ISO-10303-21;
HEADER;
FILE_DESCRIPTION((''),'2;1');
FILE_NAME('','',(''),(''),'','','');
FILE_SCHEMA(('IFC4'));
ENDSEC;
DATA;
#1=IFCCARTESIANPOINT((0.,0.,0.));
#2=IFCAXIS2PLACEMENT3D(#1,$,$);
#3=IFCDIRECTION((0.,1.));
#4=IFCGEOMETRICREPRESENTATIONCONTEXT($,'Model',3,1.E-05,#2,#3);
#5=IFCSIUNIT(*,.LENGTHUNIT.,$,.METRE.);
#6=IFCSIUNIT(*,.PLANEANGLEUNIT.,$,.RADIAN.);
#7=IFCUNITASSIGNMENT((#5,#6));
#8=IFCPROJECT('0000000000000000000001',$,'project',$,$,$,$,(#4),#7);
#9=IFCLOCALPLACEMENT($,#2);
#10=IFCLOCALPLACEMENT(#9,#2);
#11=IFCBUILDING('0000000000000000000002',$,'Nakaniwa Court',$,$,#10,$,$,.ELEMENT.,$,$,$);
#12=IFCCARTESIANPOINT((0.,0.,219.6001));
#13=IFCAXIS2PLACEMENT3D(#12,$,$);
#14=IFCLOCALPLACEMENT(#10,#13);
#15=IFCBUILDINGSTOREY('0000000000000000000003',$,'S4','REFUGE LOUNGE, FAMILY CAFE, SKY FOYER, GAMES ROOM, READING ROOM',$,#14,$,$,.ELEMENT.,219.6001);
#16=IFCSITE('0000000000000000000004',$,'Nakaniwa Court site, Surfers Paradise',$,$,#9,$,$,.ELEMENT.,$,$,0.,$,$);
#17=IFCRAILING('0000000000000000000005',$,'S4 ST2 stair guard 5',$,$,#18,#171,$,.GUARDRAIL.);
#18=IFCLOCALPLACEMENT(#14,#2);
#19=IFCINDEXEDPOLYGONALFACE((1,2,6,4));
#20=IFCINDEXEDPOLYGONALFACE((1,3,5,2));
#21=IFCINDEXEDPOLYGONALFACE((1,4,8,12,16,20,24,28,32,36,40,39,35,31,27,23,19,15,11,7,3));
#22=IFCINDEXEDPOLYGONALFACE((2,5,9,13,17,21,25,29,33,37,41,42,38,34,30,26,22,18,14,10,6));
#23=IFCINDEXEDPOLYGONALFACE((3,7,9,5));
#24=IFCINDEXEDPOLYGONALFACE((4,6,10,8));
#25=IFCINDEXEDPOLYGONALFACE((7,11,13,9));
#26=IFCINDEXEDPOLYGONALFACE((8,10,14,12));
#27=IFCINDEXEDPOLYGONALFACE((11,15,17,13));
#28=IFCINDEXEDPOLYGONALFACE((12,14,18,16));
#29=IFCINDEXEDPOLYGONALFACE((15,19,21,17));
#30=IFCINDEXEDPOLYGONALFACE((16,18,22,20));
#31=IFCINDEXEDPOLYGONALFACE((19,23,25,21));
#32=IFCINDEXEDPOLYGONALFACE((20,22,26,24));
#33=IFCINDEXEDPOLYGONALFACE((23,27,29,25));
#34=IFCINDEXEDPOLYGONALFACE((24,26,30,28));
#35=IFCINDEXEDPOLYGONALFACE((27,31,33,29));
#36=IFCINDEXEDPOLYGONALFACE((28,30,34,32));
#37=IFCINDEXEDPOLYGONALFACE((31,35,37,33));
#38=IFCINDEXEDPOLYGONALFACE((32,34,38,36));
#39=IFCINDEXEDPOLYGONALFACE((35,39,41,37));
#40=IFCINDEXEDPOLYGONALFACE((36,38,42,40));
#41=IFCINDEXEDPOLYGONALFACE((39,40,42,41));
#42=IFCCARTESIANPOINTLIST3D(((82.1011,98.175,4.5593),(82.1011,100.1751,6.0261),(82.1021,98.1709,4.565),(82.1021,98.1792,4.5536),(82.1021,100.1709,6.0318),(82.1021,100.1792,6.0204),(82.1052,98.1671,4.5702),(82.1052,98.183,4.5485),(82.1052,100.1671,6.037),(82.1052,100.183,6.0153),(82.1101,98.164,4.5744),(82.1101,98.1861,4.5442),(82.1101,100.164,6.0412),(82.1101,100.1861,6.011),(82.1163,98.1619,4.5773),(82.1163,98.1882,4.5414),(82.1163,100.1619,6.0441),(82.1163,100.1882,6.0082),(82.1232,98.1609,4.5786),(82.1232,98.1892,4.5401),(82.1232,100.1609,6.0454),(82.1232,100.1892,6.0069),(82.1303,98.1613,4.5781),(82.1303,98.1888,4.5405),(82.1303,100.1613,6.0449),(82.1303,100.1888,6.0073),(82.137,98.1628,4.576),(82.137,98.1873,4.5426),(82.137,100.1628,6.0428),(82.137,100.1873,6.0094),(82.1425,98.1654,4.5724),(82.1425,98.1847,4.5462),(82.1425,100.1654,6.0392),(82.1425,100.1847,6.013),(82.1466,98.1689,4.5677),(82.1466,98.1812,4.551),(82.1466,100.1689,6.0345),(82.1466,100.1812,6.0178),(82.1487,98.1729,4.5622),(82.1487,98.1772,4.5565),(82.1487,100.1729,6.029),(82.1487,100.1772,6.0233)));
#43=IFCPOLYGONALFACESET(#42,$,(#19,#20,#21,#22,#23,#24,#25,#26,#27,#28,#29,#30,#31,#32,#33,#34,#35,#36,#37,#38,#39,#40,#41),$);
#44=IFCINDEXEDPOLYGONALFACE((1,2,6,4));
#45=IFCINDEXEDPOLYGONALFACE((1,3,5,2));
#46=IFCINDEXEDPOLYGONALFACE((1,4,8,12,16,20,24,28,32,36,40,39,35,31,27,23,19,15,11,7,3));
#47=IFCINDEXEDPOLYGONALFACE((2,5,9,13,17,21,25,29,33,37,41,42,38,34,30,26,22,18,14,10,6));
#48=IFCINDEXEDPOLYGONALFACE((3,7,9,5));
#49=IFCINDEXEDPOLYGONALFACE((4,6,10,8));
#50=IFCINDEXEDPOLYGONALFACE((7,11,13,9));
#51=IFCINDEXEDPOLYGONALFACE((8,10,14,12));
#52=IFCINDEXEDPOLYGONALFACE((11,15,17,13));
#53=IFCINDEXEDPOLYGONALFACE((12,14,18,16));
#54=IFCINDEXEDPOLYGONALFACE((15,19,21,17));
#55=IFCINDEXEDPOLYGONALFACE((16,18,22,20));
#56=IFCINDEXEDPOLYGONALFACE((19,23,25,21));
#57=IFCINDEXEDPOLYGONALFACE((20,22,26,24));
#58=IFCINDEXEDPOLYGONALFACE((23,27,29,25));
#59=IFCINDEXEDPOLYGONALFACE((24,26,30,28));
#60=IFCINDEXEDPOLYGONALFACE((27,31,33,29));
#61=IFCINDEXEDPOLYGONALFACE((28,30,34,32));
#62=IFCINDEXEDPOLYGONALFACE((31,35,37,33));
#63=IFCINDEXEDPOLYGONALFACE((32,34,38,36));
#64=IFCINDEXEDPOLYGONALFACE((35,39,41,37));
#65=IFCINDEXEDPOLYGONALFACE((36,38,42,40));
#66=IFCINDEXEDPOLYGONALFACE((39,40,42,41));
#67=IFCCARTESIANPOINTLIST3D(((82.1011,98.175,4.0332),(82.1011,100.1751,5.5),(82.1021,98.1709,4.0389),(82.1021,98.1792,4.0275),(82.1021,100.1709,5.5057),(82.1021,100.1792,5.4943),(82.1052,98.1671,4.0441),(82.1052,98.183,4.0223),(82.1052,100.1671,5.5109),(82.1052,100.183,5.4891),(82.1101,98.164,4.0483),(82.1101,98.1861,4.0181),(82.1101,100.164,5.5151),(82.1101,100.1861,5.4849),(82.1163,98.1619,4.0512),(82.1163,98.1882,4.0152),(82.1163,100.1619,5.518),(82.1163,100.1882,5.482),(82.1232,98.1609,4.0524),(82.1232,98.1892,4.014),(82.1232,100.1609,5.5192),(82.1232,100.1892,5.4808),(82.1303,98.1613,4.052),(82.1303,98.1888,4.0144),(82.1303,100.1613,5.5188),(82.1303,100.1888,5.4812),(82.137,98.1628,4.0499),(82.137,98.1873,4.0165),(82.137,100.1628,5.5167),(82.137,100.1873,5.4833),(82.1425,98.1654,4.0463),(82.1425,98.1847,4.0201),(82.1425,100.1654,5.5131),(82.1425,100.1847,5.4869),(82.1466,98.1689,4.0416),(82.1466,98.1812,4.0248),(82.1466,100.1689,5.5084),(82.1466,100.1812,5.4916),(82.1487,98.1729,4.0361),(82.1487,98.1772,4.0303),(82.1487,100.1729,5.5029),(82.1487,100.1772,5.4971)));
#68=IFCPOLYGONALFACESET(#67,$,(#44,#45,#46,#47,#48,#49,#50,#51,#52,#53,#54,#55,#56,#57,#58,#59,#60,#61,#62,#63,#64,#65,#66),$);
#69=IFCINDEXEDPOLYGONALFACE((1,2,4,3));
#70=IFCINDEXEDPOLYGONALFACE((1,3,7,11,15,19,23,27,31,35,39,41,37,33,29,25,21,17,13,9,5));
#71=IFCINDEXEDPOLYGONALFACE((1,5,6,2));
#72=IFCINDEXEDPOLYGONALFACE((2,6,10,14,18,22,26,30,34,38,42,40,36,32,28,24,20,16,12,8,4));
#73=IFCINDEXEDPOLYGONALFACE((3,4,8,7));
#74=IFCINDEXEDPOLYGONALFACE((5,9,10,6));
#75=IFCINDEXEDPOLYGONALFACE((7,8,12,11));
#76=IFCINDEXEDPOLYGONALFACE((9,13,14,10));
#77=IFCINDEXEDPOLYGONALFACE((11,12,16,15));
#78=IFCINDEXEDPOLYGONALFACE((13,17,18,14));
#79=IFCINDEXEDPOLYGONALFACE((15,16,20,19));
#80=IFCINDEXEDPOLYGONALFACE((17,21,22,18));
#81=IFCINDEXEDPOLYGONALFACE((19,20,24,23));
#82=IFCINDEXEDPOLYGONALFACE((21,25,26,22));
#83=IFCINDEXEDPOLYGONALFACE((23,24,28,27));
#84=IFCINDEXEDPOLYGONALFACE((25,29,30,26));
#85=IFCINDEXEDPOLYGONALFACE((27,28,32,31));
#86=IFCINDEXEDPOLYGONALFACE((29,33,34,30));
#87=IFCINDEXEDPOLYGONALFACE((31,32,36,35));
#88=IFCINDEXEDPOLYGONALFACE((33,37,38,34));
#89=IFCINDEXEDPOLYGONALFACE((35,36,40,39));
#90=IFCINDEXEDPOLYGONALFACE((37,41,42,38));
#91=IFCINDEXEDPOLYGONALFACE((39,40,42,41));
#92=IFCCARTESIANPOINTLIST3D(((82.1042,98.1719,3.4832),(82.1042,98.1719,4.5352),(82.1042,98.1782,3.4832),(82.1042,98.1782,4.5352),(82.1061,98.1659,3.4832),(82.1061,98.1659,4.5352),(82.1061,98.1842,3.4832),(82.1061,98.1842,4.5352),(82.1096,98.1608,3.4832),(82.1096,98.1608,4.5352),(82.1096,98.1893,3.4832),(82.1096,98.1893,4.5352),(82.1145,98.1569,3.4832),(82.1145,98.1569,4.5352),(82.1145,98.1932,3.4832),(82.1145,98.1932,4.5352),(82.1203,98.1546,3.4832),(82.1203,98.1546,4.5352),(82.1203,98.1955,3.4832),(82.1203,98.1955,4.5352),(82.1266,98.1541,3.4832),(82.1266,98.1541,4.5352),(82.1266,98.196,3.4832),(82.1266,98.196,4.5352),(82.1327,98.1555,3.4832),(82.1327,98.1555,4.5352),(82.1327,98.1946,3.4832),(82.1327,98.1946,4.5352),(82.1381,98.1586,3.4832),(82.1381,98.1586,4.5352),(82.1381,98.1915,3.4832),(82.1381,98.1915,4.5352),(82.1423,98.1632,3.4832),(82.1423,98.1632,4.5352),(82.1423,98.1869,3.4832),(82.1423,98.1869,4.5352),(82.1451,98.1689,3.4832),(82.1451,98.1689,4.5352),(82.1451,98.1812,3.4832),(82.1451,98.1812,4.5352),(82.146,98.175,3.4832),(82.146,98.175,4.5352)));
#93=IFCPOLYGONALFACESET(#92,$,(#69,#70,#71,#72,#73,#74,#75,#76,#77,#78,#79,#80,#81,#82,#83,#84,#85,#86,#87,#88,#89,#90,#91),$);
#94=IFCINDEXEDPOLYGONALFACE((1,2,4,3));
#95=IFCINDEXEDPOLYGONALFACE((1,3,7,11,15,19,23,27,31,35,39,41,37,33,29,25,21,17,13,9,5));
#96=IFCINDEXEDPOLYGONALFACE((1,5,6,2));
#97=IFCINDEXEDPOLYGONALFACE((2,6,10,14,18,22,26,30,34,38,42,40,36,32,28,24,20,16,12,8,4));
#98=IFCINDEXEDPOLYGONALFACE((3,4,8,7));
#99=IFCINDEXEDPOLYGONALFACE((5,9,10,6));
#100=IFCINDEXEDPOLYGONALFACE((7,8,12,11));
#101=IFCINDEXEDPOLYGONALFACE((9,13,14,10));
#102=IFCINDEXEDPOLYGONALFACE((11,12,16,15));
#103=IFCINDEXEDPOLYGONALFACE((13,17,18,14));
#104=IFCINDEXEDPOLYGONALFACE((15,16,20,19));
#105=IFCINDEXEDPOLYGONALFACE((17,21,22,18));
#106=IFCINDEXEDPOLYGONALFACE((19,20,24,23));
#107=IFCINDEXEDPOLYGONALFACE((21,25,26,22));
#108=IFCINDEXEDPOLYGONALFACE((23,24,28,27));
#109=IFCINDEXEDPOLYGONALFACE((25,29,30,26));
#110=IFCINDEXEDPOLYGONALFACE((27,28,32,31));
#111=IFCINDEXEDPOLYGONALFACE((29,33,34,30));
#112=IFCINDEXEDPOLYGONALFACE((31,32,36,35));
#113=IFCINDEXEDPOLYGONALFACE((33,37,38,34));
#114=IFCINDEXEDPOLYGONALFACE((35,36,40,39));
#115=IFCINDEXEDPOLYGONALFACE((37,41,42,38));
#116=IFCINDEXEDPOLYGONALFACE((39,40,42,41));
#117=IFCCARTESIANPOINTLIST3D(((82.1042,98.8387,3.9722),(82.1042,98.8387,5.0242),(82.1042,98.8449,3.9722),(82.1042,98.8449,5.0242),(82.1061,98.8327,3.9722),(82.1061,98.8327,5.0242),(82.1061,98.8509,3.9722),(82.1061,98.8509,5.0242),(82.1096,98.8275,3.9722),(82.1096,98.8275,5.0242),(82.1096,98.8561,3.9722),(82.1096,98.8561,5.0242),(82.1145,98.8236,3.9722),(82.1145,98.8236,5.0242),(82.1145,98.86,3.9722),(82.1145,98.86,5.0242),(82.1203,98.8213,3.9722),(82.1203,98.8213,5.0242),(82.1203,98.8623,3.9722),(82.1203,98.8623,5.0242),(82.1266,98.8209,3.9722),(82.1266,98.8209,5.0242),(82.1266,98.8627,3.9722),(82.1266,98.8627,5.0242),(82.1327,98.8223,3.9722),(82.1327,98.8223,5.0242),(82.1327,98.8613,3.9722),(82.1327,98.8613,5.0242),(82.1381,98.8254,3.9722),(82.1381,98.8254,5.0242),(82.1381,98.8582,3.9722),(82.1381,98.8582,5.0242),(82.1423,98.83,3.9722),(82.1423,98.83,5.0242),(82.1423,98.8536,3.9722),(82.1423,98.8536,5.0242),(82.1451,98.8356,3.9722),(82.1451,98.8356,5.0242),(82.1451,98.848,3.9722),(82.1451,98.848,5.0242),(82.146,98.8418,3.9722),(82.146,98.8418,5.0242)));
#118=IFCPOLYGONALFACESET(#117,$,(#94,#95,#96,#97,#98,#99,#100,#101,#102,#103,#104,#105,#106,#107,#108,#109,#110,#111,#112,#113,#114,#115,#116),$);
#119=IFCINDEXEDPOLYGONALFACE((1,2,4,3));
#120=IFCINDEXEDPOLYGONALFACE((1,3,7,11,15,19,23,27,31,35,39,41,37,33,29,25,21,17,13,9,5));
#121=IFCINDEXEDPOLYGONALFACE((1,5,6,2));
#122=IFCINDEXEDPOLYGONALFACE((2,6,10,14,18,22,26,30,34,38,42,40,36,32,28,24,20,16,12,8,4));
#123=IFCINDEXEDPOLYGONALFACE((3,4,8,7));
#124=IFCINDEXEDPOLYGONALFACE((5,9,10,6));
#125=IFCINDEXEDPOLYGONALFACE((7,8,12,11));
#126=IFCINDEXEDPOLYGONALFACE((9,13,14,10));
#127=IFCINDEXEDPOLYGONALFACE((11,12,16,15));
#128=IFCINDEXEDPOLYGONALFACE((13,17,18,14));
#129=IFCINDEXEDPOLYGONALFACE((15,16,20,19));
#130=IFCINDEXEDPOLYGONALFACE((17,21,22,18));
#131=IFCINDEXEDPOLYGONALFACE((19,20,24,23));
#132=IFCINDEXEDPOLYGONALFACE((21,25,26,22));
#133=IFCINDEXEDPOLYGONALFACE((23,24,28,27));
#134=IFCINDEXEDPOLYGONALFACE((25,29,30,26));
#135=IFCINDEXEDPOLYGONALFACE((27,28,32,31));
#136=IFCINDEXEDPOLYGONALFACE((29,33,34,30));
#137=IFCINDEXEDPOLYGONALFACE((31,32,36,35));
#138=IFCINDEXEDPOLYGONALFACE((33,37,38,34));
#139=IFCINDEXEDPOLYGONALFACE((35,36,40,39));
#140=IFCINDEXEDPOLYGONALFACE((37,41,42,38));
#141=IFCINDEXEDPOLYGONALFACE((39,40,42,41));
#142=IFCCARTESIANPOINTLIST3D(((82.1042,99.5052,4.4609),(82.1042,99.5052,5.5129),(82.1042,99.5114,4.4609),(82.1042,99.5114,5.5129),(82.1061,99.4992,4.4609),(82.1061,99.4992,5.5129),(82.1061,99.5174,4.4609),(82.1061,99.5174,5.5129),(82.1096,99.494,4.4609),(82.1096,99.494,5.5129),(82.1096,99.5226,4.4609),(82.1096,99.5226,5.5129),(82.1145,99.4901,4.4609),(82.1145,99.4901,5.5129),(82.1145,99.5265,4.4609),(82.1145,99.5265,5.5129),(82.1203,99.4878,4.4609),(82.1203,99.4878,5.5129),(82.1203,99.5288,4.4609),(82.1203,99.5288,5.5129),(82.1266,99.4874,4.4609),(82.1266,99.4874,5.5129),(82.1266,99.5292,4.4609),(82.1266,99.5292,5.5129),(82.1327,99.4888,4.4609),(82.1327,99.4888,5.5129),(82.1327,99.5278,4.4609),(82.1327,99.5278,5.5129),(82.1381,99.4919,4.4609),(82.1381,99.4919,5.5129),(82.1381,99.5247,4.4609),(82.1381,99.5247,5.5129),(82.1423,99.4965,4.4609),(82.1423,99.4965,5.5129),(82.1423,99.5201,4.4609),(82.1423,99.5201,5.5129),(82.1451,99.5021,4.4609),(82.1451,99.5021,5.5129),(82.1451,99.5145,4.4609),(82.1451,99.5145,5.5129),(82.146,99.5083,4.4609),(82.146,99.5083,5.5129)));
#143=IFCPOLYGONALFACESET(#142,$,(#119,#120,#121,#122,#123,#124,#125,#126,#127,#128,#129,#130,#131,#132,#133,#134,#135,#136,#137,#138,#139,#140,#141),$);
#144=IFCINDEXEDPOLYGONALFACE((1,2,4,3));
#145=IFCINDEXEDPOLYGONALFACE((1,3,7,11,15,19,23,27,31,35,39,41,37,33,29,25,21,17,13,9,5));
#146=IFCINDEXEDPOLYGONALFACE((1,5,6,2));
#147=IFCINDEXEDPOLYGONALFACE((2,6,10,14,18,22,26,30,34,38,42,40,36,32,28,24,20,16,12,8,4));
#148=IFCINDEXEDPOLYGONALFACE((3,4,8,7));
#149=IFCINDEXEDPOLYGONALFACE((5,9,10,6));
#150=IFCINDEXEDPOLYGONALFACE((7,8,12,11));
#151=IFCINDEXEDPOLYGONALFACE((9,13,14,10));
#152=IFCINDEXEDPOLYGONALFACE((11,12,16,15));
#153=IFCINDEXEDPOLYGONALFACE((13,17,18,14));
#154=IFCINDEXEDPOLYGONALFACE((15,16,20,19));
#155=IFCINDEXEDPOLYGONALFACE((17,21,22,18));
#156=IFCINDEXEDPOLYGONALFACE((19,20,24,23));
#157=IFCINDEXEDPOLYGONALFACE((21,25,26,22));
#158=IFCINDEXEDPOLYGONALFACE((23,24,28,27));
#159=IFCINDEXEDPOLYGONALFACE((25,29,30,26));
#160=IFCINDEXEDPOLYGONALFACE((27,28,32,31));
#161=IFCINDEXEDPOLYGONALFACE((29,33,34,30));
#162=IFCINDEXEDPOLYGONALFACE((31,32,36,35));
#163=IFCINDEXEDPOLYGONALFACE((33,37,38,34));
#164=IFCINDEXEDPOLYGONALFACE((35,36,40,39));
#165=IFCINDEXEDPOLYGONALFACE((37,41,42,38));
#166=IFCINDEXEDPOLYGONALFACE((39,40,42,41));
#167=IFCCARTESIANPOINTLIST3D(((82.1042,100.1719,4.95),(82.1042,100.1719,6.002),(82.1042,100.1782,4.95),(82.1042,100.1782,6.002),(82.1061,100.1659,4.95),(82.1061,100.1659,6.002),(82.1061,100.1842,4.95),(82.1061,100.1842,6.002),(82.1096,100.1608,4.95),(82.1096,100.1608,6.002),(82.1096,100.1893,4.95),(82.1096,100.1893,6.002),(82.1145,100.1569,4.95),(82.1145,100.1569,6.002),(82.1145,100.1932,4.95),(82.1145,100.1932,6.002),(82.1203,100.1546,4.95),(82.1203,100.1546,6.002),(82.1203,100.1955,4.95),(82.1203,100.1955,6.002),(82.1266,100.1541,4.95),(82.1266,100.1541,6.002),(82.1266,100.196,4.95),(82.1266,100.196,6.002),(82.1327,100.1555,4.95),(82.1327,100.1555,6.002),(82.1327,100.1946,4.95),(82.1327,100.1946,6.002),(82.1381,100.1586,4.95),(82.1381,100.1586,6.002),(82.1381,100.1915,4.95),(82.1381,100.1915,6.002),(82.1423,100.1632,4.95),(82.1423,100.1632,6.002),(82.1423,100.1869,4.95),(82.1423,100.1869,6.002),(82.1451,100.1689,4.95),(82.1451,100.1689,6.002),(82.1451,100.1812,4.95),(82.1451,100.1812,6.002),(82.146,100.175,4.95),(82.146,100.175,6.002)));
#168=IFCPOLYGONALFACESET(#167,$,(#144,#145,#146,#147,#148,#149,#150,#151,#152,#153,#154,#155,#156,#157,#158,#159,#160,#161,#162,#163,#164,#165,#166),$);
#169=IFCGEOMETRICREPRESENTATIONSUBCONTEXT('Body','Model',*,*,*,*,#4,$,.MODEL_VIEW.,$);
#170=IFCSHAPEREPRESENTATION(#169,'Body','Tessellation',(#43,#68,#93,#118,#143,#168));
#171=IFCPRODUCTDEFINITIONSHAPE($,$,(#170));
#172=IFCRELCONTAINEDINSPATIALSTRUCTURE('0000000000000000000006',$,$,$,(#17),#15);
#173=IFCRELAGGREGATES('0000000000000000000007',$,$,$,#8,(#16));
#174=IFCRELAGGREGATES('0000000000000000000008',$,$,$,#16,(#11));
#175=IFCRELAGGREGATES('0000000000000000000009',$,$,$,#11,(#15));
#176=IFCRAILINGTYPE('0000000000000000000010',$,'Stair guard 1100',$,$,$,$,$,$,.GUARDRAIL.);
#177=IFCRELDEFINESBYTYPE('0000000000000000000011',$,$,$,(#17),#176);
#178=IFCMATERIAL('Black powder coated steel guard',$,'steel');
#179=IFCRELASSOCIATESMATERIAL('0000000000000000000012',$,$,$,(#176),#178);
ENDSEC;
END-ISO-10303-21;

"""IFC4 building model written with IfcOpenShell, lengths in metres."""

from ifc_helpers import new_model, si_unit, direction, frame, origin, origin_2d, place, context, subcontext, project, spatial, circle, extrude, material, type_object, element, save


model = new_model("IFC4")

# Units and contexts
model_context = context("Model", 3, precision=1e-05, world=origin(), true_north=direction((0.0, 1.0)))
body_context = subcontext(model_context, "Body", "Model", "MODEL_VIEW")
ifc_project = project(units=[si_unit("LENGTHUNIT", "METRE"), si_unit("PLANEANGLEUNIT", "RADIAN")], contexts=[model_context])

# Site, building, storey
site_placement = place(None, origin())
site = spatial("IfcSite", under=ifc_project, at=site_placement, Name="Nakaniwa Court site, Surfers Paradise", CompositionType="ELEMENT", RefElevation=0.0)
building_placement = place(site_placement, origin())
building = spatial("IfcBuilding", under=site, at=building_placement, Name="Nakaniwa Court", CompositionType="ELEMENT")
storey_placement = place(building_placement, frame((0.0, 0.0, 219.6001)))
storey = spatial("IfcBuildingStorey", under=building, at=storey_placement, Name="S4", Description="REFUGE LOUNGE, FAMILY CAFE, SKY FOYER, GAMES ROOM, READING ROOM", CompositionType="ELEMENT", Elevation=219.6001)

# Railing
ifc_material_1 = material(Name="Black powder coated steel guard", Category="steel")
railing_type_1 = type_object("IfcRailingType", Name="Stair guard 1100", PredefinedType="GUARDRAIL", material=ifc_material_1)
railing_1_placement = place(storey_placement, frame((82.125, 98.175, 3.4832)))
element("IfcRailing", 1, at=railing_1_placement, inside=storey, type_object=railing_type_1, Name="S4 ST2 stair guard 5", PredefinedType="GUARDRAIL", context=body_context, shape_type="SweptSolid", body=[
    extrude(circle(Radius=0.0239, at=origin_2d()), frame((0.0, 0.0, 1.0762), z_axis=(0.0, 0.80638, 0.591398), x_axis=(-1.0, 0.0, 0.0)), (0.0, 0.0, 1.0), 2.4802),
    extrude(circle(Radius=0.0239, at=origin_2d()), frame((0.0, 0.0, 0.55), z_axis=(0.0, 0.80638, 0.591398), x_axis=(-1.0, 0.0, 0.0)), (0.0, 0.0, 1.0), 2.4802),
    extrude(circle(Radius=0.021, at=origin_2d()), origin(), (0.0, 0.0, 1.0), 1.052),
    extrude(circle(Radius=0.021, at=origin_2d()), frame((0.0, 0.6667, 0.489)), (0.0, 0.0, 1.0), 1.052),
    extrude(circle(Radius=0.021, at=origin_2d()), frame((0.0, 1.3333, 0.9778)), (0.0, 0.0, 1.0), 1.052),
    extrude(circle(Radius=0.021, at=origin_2d()), frame((0.0, 2.0, 1.4668)), (0.0, 0.0, 1.0), 1.052),
])

save(model, "model.ifc")
